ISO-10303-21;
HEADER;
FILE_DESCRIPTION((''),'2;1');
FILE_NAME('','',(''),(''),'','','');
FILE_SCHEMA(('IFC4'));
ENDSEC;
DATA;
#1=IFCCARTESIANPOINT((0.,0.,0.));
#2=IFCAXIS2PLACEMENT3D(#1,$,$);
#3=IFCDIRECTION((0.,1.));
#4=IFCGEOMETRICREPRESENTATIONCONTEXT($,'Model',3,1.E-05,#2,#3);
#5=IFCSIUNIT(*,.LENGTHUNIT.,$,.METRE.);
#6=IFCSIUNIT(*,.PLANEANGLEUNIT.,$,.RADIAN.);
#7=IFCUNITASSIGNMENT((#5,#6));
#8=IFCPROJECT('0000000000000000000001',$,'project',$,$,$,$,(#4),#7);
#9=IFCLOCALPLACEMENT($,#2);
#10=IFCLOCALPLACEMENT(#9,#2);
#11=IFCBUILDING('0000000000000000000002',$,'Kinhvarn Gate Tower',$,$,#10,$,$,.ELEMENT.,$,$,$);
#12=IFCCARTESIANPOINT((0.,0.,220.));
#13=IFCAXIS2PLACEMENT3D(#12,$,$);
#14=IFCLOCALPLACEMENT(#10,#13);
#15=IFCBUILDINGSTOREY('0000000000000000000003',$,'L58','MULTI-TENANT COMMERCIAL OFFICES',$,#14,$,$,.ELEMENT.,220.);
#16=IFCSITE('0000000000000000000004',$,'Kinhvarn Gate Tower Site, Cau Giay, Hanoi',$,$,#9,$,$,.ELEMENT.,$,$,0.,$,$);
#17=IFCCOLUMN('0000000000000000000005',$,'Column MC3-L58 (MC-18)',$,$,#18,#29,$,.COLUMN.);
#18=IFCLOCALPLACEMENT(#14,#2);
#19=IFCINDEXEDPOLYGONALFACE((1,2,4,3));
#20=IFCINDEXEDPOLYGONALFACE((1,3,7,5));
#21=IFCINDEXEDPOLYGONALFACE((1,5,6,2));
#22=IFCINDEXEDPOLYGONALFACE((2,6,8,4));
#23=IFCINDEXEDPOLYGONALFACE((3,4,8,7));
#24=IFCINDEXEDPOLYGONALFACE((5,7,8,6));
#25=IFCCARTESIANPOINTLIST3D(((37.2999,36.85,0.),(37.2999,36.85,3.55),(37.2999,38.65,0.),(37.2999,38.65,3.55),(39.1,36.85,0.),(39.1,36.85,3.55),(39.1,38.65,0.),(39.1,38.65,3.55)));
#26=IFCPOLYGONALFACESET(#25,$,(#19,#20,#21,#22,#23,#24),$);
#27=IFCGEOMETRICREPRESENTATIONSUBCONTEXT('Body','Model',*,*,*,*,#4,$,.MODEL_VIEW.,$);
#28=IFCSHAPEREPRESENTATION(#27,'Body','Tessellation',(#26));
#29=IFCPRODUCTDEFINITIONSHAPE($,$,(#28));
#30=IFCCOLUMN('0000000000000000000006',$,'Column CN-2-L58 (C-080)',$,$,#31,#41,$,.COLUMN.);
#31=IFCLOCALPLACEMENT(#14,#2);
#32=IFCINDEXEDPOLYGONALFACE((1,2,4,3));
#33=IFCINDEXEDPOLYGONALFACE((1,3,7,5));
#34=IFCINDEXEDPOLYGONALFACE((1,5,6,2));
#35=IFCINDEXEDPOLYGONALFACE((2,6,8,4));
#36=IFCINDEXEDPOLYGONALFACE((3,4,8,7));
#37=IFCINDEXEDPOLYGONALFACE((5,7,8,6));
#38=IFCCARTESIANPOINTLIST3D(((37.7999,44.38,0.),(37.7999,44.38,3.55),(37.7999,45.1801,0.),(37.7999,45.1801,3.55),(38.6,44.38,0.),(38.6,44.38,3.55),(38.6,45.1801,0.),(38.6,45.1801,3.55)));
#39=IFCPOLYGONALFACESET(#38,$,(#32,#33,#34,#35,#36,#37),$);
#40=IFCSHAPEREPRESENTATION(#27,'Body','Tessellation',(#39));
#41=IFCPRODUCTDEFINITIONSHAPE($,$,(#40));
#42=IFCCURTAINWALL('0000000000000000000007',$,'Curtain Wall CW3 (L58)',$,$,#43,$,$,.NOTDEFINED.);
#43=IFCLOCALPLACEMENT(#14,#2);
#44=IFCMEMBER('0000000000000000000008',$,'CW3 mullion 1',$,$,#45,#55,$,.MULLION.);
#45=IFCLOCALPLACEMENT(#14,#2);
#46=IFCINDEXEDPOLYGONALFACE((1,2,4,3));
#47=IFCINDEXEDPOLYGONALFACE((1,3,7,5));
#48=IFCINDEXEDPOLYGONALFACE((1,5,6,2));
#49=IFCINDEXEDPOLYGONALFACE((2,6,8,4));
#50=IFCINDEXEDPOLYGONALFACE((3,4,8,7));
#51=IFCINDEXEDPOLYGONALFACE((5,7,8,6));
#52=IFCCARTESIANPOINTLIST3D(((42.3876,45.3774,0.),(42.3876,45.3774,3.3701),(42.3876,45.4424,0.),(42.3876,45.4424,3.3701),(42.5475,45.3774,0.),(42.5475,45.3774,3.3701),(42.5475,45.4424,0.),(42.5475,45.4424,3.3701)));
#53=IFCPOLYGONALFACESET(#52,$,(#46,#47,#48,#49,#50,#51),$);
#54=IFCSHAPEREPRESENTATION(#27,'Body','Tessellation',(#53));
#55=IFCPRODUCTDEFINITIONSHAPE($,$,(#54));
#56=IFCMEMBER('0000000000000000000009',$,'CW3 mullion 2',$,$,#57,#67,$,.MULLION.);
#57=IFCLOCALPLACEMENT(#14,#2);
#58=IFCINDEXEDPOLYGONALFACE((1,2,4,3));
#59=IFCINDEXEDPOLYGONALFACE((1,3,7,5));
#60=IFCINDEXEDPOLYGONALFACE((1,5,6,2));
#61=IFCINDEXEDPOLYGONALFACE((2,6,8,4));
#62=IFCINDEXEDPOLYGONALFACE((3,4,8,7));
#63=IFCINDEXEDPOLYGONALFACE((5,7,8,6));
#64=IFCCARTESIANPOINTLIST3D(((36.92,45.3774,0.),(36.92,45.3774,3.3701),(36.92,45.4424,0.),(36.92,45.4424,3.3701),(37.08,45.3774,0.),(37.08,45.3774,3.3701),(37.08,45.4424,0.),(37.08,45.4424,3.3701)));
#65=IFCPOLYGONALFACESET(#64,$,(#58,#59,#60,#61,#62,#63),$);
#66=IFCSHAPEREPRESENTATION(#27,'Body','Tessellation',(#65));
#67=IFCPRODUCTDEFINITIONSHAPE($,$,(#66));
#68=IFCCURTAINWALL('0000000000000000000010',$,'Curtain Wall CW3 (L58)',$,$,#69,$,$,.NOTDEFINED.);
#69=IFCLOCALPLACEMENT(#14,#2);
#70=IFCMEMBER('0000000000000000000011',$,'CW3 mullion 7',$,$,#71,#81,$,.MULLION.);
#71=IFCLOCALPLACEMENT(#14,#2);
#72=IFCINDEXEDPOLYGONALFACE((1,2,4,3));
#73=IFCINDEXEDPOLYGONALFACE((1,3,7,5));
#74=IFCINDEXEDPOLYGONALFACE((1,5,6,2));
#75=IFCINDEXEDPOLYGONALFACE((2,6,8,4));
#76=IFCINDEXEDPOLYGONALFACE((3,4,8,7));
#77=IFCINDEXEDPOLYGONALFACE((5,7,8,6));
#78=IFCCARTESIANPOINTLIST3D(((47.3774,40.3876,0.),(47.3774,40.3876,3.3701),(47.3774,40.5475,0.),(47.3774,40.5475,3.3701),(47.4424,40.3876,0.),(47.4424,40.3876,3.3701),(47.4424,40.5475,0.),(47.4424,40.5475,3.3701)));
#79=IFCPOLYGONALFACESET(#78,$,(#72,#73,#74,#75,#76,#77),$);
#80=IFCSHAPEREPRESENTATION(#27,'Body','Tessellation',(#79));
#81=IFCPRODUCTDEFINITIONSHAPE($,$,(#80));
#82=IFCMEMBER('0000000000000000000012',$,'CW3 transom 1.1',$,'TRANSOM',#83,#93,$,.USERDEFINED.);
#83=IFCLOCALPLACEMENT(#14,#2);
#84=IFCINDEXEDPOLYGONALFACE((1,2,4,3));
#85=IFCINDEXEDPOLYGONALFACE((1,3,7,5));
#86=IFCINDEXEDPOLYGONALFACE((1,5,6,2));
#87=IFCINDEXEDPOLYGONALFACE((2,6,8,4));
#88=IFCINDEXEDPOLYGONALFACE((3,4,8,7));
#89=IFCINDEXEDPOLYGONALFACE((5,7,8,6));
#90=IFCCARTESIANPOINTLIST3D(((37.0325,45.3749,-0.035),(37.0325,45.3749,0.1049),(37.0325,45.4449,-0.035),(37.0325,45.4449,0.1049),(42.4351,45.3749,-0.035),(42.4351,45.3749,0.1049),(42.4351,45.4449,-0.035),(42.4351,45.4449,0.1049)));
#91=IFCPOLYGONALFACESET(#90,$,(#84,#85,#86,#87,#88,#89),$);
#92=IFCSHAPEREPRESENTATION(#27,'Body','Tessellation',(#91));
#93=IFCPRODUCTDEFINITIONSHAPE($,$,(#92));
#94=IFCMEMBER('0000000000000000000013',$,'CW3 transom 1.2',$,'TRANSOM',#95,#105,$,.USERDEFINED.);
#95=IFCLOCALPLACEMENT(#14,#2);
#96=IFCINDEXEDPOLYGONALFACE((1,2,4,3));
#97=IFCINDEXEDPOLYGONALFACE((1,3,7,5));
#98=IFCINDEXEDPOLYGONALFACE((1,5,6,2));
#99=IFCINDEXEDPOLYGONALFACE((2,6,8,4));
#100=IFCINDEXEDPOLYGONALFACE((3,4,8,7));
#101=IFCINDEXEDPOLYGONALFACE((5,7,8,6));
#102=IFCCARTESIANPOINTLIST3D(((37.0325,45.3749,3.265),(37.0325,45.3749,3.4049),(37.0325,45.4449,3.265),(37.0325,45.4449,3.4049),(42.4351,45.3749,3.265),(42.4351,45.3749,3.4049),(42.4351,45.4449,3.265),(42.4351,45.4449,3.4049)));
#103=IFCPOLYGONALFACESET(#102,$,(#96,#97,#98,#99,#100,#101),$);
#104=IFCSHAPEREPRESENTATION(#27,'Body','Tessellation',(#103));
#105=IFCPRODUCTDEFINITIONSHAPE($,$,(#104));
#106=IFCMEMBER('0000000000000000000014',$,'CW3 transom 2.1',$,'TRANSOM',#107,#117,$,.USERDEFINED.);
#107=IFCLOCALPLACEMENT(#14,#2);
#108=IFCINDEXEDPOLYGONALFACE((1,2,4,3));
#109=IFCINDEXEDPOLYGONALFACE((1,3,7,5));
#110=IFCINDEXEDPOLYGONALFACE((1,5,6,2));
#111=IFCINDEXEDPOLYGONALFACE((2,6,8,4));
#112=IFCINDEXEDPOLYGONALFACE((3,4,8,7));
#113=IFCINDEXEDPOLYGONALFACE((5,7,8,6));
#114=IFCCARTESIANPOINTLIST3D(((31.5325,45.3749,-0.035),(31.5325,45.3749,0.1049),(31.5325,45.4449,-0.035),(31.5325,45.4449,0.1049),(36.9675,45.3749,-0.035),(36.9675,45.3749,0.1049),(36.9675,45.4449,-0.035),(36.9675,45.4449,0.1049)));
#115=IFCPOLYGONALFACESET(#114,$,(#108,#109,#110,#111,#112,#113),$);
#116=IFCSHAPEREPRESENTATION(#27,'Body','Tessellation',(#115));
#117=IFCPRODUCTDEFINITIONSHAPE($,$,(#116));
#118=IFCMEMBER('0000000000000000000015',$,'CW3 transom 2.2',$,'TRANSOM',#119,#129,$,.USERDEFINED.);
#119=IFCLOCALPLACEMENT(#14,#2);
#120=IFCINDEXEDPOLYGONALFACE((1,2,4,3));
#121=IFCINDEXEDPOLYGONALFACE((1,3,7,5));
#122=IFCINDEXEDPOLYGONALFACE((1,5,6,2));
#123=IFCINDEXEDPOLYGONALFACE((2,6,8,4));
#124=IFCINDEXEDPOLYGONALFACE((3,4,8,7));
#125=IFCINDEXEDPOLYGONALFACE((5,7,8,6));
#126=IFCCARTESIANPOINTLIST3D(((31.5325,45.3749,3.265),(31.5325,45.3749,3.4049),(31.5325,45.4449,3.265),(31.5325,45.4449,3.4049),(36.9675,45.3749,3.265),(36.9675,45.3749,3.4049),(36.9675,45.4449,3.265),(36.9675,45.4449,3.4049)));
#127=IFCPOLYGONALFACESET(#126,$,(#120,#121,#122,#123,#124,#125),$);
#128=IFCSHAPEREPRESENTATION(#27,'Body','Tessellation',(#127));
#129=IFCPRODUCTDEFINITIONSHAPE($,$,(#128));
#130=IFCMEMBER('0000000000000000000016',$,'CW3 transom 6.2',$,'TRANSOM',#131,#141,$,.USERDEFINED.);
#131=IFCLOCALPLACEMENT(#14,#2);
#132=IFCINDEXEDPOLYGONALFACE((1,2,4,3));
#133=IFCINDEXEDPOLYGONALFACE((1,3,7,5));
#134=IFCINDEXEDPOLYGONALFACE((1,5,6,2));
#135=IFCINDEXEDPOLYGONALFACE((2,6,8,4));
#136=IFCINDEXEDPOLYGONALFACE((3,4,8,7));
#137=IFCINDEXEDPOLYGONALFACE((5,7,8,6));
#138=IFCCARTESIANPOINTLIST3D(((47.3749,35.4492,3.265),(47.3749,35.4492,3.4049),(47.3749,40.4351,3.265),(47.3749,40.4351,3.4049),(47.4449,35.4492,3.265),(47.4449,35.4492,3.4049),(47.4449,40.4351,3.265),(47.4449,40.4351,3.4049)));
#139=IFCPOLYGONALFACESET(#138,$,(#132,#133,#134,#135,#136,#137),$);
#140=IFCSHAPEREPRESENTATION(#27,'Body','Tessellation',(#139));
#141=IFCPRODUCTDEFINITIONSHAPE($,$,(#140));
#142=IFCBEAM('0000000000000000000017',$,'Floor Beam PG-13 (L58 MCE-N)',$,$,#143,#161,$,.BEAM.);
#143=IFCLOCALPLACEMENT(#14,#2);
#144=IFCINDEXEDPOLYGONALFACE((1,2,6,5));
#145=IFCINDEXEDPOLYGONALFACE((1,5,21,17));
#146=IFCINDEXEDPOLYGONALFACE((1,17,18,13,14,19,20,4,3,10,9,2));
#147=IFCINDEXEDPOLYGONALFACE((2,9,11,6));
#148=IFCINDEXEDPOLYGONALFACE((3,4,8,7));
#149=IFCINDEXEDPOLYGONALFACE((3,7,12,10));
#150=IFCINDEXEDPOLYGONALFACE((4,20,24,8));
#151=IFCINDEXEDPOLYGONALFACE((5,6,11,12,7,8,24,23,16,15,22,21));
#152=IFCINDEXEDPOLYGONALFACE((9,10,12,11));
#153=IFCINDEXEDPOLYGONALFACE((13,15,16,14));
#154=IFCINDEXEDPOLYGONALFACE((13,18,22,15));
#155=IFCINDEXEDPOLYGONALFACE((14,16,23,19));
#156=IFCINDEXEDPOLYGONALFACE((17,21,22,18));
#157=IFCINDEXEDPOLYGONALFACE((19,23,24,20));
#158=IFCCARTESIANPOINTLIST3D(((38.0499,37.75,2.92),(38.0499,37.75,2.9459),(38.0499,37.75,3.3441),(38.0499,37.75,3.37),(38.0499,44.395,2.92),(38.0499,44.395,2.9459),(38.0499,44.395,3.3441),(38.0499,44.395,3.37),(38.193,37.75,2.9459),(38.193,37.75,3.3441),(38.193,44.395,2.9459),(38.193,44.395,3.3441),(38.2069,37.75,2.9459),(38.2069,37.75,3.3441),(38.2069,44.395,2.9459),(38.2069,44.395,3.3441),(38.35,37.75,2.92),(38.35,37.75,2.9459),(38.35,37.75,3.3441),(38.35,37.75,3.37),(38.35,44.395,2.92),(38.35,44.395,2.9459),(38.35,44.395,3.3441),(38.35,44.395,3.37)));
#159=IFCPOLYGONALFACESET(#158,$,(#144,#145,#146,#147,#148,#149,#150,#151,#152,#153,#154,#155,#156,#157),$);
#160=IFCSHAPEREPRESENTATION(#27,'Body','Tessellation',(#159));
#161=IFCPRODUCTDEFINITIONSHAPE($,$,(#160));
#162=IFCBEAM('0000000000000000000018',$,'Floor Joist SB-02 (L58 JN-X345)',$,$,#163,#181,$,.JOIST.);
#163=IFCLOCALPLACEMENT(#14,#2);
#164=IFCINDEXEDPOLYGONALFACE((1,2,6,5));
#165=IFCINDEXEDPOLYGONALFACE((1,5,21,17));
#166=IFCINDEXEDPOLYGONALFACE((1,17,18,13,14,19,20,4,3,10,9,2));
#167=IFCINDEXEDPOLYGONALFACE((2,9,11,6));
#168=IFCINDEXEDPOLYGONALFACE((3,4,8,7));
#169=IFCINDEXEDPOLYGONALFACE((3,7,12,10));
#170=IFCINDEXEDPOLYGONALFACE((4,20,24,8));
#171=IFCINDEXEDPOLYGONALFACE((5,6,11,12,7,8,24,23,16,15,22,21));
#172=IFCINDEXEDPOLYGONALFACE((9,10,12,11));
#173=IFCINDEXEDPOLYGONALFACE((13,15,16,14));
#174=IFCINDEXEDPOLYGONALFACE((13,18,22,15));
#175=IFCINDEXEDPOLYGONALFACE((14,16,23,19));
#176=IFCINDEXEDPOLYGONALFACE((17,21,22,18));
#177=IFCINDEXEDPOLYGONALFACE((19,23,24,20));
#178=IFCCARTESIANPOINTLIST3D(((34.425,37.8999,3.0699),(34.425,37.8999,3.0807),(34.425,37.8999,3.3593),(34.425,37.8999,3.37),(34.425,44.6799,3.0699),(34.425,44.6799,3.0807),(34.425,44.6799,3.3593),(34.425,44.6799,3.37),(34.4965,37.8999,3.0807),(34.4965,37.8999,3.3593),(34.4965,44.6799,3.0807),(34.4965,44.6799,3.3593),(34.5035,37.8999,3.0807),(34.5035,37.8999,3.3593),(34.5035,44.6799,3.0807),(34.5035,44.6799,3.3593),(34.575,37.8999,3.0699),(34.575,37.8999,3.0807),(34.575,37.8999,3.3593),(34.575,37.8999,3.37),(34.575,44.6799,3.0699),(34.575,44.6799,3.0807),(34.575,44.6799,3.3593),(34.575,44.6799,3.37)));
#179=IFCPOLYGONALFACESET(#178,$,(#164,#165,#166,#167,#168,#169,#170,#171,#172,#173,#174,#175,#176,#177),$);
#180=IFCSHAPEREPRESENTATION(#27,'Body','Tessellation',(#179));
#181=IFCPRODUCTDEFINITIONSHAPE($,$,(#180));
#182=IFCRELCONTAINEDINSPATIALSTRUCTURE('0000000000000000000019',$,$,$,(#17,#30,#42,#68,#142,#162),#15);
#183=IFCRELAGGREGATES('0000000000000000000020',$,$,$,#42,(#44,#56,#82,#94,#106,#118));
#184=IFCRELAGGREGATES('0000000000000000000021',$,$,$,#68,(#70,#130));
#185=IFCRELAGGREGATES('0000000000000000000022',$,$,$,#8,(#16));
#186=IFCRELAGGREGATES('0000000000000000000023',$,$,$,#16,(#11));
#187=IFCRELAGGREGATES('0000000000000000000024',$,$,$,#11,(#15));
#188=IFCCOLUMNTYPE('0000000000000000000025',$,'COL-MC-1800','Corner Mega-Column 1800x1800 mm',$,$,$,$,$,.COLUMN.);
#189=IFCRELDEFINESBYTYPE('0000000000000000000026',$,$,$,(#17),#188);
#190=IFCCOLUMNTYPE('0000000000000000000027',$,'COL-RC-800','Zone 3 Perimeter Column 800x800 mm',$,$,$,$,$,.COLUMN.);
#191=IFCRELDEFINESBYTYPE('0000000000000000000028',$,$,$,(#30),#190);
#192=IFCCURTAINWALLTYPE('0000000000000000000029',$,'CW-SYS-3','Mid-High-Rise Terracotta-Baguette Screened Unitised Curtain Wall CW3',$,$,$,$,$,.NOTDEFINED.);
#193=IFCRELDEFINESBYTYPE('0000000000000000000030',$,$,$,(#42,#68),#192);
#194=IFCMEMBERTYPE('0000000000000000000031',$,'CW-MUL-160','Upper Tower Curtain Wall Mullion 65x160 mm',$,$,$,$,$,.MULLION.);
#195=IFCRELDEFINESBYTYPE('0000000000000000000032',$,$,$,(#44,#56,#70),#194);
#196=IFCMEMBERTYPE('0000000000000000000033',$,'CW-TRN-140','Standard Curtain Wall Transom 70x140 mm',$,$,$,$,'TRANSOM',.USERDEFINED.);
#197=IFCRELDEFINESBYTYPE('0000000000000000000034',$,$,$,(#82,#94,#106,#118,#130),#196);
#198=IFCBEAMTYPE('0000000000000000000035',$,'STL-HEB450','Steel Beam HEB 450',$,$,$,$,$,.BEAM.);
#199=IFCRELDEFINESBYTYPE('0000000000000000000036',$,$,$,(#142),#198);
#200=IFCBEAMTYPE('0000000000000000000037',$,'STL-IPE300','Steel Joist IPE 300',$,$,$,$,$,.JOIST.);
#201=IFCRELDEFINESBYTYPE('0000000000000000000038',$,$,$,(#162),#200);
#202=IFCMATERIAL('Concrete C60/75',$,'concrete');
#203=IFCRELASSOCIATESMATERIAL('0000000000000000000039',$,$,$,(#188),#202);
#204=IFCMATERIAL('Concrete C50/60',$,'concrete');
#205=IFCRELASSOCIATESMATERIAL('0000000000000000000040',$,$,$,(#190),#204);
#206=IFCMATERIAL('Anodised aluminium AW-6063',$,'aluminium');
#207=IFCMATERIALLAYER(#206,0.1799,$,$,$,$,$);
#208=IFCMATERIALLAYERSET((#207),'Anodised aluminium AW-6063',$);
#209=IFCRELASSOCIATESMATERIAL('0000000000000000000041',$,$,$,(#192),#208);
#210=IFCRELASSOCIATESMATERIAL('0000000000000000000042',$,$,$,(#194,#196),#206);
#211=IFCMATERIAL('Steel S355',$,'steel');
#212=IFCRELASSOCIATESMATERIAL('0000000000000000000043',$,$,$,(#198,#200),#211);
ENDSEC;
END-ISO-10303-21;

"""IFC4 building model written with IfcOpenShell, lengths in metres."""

from ifc_helpers import new_model, si_unit, direction, frame, origin, origin_2d, place, context, subcontext, project, spatial, rectangle, i_section, extrude, material, layer, layer_set, material_profile, profile_set, type_object, element, aggregate, save


model = new_model("IFC4")

# Units and contexts
model_context = context("Model", 3, precision=1e-05, world=origin(), true_north=direction((0.0, 1.0)))
body_context = subcontext(model_context, "Body", "Model", "MODEL_VIEW")
ifc_project = project(units=[si_unit("LENGTHUNIT", "METRE"), si_unit("PLANEANGLEUNIT", "RADIAN")], contexts=[model_context])

# Site, building, storey
site_placement = place(None, origin())
site = spatial("IfcSite", under=ifc_project, at=site_placement, Name="Kinhvarn Gate Tower Site, Cau Giay, Hanoi", CompositionType="ELEMENT", RefElevation=0.0)
building_placement = place(site_placement, origin())
building = spatial("IfcBuilding", under=site, at=building_placement, Name="Kinhvarn Gate Tower", CompositionType="ELEMENT")
storey_placement = place(building_placement, frame((0.0, 0.0, 220.0)))
storey = spatial("IfcBuildingStorey", under=building, at=storey_placement, Name="L58", Description="MULTI-TENANT COMMERCIAL OFFICES", CompositionType="ELEMENT", Elevation=220.0)

# Columns
ifc_material_1 = material(Name="Concrete C60/75", Category="concrete")
ifc_material_profile_1 = material_profile(ifc_material_1, rectangle(XDim=1.8, YDim=1.8, at=origin_2d()), Name="RC 1800x1800")
ifc_profile_set_1 = profile_set([ifc_material_profile_1], Name="Concrete C60/75")
column_type_1 = type_object("IfcColumnType", Name="COL-MC-1800", Description="Corner Mega-Column 1800x1800 mm", PredefinedType="COLUMN", material=ifc_profile_set_1)
column_1_placement = place(storey_placement, frame((38.2, 37.75, 0.0), z_axis=(0.0, 0.0, 1.0), x_axis=(1.0, 0.0, 0.0)))
element("IfcColumn", 1, at=column_1_placement, inside=storey, type_object=column_type_1, Name="Column MC3-L58 (MC-18)", PredefinedType="COLUMN", context=body_context, shape_type="SweptSolid", body=[
    extrude(rectangle(XDim=1.8, YDim=1.8, at=origin_2d()), origin(), (0.0, 0.0, 1.0), 3.55),
])
ifc_material_2 = material(Name="Concrete C50/60", Category="concrete")
ifc_material_profile_2 = material_profile(ifc_material_2, rectangle(XDim=0.8, YDim=0.8, at=origin_2d()), Name="RC 800x800")
ifc_profile_set_2 = profile_set([ifc_material_profile_2], Name="Concrete C50/60")
column_type_2 = type_object("IfcColumnType", Name="COL-RC-800", Description="Zone 3 Perimeter Column 800x800 mm", PredefinedType="COLUMN", material=ifc_profile_set_2)
column_2_placement = place(storey_placement, frame((38.2, 44.78, 0.0), z_axis=(0.0, 0.0, 1.0), x_axis=(1.0, 0.0, 0.0)))
element("IfcColumn", 2, at=column_2_placement, inside=storey, type_object=column_type_2, Name="Column CN-2-L58 (C-080)", PredefinedType="COLUMN", context=body_context, shape_type="SweptSolid", body=[
    extrude(rectangle(XDim=0.8, YDim=0.8, at=origin_2d()), origin(), (0.0, 0.0, 1.0), 3.55),
])

# Curtain wall, members
ifc_material_3 = material(Name="Anodised aluminium AW-6063", Category="aluminium")
ifc_layer_1 = layer(ifc_material_3, 0.1799)
ifc_layer_set_1 = layer_set([ifc_layer_1], Name="Anodised aluminium AW-6063")
curtain_wall_type = type_object("IfcCurtainWallType", Name="CW-SYS-3", Description="Mid-High-Rise Terracotta-Baguette Screened Unitised Curtain Wall CW3", PredefinedType="NOTDEFINED", material=ifc_layer_set_1)
curtain_wall_1_placement = place(storey_placement, origin())
curtain_wall_1 = element("IfcCurtainWall", 3, at=curtain_wall_1_placement, inside=storey, type_object=curtain_wall_type, Name="Curtain Wall CW3 (L58)", PredefinedType="NOTDEFINED")
ifc_material_profile_3 = material_profile(ifc_material_3, rectangle(XDim=0.0649, YDim=0.1599, at=origin_2d()), Name="ALU 65x160")
ifc_profile_set_3 = profile_set([ifc_material_profile_3], Name="Anodised aluminium AW-6063")
member_type_1 = type_object("IfcMemberType", Name="CW-MUL-160", Description="Upper Tower Curtain Wall Mullion 65x160 mm", PredefinedType="MULLION", material=ifc_profile_set_3)
member_1_placement = place(storey_placement, frame((42.4675, 45.4099, 0.0), z_axis=(0.0, 0.0, 1.0), x_axis=(0.0, -1.0, 0.0)))
member_1 = element("IfcMember", 4, at=member_1_placement, type_object=member_type_1, Name="CW3 mullion 1", PredefinedType="MULLION", context=body_context, shape_type="SweptSolid", body=[
    extrude(rectangle(XDim=0.0649, YDim=0.1599, at=origin_2d()), origin(), (0.0, 0.0, 1.0), 3.3701),
])
member_2_placement = place(storey_placement, frame((37.0, 45.4099, 0.0), z_axis=(0.0, 0.0, 1.0), x_axis=(0.0, -1.0, 0.0)))
member_2 = element("IfcMember", 5, at=member_2_placement, type_object=member_type_1, Name="CW3 mullion 2", PredefinedType="MULLION", context=body_context, shape_type="SweptSolid", body=[
    extrude(rectangle(XDim=0.0649, YDim=0.1599, at=origin_2d()), origin(), (0.0, 0.0, 1.0), 3.3701),
])

# Curtain wall, member
curtain_wall_2_placement = place(storey_placement, origin())
curtain_wall_2 = element("IfcCurtainWall", 6, at=curtain_wall_2_placement, inside=storey, type_object=curtain_wall_type, Name="Curtain Wall CW3 (L58)", PredefinedType="NOTDEFINED")
member_3_placement = place(storey_placement, frame((47.4099, 40.4675, 0.0), z_axis=(0.0, 0.0, 1.0), x_axis=(-1.0, 0.0, 0.0)))
member_3 = element("IfcMember", 7, at=member_3_placement, type_object=member_type_1, Name="CW3 mullion 7", PredefinedType="MULLION", context=body_context, shape_type="SweptSolid", body=[
    extrude(rectangle(XDim=0.0649, YDim=0.1599, at=origin_2d()), origin(), (0.0, 0.0, 1.0), 3.3701),
])

# Members
ifc_material_profile_4 = material_profile(ifc_material_3, rectangle(XDim=0.0701, YDim=0.1399, at=origin_2d()), Name="ALU 70x140")
ifc_profile_set_4 = profile_set([ifc_material_profile_4], Name="Anodised aluminium AW-6063")
member_type_2 = type_object("IfcMemberType", Name="CW-TRN-140", Description="Standard Curtain Wall Transom 70x140 mm", ElementType="TRANSOM", PredefinedType="USERDEFINED", material=ifc_profile_set_4)
member_4_placement = place(storey_placement, frame((42.4351, 45.4099, 0.0349), z_axis=(-1.0, 0.0, 0.0), x_axis=(0.0, -1.0, 0.0)))
member_4 = element("IfcMember", 8, at=member_4_placement, type_object=member_type_2, Name="CW3 transom 1.1", ObjectType="TRANSOM", PredefinedType="USERDEFINED", context=body_context, shape_type="SweptSolid", body=[
    extrude(rectangle(XDim=0.0701, YDim=0.1399, at=origin_2d()), origin(), (0.0, 0.0, 1.0), 5.4026),
])
member_5_placement = place(storey_placement, frame((42.4351, 45.4099, 3.335), z_axis=(-1.0, 0.0, 0.0), x_axis=(0.0, -1.0, 0.0)))
member_5 = element("IfcMember", 9, at=member_5_placement, type_object=member_type_2, Name="CW3 transom 1.2", ObjectType="TRANSOM", PredefinedType="USERDEFINED", context=body_context, shape_type="SweptSolid", body=[
    extrude(rectangle(XDim=0.0701, YDim=0.1399, at=origin_2d()), origin(), (0.0, 0.0, 1.0), 5.4026),
])
member_6_placement = place(storey_placement, frame((36.9675, 45.4099, 0.0349), z_axis=(-1.0, 0.0, 0.0), x_axis=(0.0, -1.0, 0.0)))
member_6 = element("IfcMember", 10, at=member_6_placement, type_object=member_type_2, Name="CW3 transom 2.1", ObjectType="TRANSOM", PredefinedType="USERDEFINED", context=body_context, shape_type="SweptSolid", body=[
    extrude(rectangle(XDim=0.0701, YDim=0.1399, at=origin_2d()), origin(), (0.0, 0.0, 1.0), 5.4351),
])
member_7_placement = place(storey_placement, frame((36.9675, 45.4099, 3.335), z_axis=(-1.0, 0.0, 0.0), x_axis=(0.0, -1.0, 0.0)))
member_7 = element("IfcMember", 11, at=member_7_placement, type_object=member_type_2, Name="CW3 transom 2.2", ObjectType="TRANSOM", PredefinedType="USERDEFINED", context=body_context, shape_type="SweptSolid", body=[
    extrude(rectangle(XDim=0.0701, YDim=0.1399, at=origin_2d()), origin(), (0.0, 0.0, 1.0), 5.4351),
])
member_8_placement = place(storey_placement, frame((47.4099, 35.4492, 3.335), z_axis=(0.0, 1.0, 0.0), x_axis=(-1.0, 0.0, 0.0)))
member_8 = element("IfcMember", 12, at=member_8_placement, type_object=member_type_2, Name="CW3 transom 6.2", ObjectType="TRANSOM", PredefinedType="USERDEFINED", context=body_context, shape_type="SweptSolid", body=[
    extrude(rectangle(XDim=0.0701, YDim=0.1399, at=origin_2d()), origin(), (0.0, 0.0, 1.0), 4.9858),
])

# Beams
ifc_material_4 = material(Name="Steel S355", Category="steel")
ifc_material_profile_5 = material_profile(ifc_material_4, i_section(OverallWidth=0.3, OverallDepth=0.45, WebThickness=0.0139, FlangeThickness=0.0259, at=origin_2d()), Name="HEB 450")
ifc_profile_set_5 = profile_set([ifc_material_profile_5], Name="Steel S355")
beam_type_1 = type_object("IfcBeamType", Name="STL-HEB450", Description="Steel Beam HEB 450", PredefinedType="BEAM", material=ifc_profile_set_5)
beam_1_placement = place(storey_placement, frame((38.2, 37.75, 3.145), z_axis=(0.0, 1.0, 0.0), x_axis=(-1.0, 0.0, 0.0)))
element("IfcBeam", 13, at=beam_1_placement, inside=storey, type_object=beam_type_1, Name="Floor Beam PG-13 (L58 MCE-N)", PredefinedType="BEAM", context=body_context, shape_type="SweptSolid", body=[
    extrude(i_section(OverallWidth=0.3, OverallDepth=0.45, WebThickness=0.0139, FlangeThickness=0.0259, at=origin_2d()), origin(), (0.0, 0.0, 1.0), 6.645),
])
ifc_material_profile_6 = material_profile(ifc_material_4, i_section(OverallWidth=0.1499, OverallDepth=0.3, WebThickness=0.0071, FlangeThickness=0.0107, at=origin_2d()), Name="IPE 300")
ifc_profile_set_6 = profile_set([ifc_material_profile_6], Name="Steel S355")
beam_type_2 = type_object("IfcBeamType", Name="STL-IPE300", Description="Steel Joist IPE 300", PredefinedType="JOIST", material=ifc_profile_set_6)
beam_2_placement = place(storey_placement, frame((34.5, 37.8999, 3.22), z_axis=(0.0, 1.0, 0.0), x_axis=(-1.0, 0.0, 0.0)))
element("IfcBeam", 14, at=beam_2_placement, inside=storey, type_object=beam_type_2, Name="Floor Joist SB-02 (L58 JN-X345)", PredefinedType="JOIST", context=body_context, shape_type="SweptSolid", body=[
    extrude(i_section(OverallWidth=0.1499, OverallDepth=0.3, WebThickness=0.0071, FlangeThickness=0.0107, at=origin_2d()), origin(), (0.0, 0.0, 1.0), 6.78),
])

aggregate(curtain_wall_1, [member_1, member_2, member_4, member_5, member_6, member_7])
aggregate(curtain_wall_2, [member_3, member_8])

save(model, "model.ifc")
